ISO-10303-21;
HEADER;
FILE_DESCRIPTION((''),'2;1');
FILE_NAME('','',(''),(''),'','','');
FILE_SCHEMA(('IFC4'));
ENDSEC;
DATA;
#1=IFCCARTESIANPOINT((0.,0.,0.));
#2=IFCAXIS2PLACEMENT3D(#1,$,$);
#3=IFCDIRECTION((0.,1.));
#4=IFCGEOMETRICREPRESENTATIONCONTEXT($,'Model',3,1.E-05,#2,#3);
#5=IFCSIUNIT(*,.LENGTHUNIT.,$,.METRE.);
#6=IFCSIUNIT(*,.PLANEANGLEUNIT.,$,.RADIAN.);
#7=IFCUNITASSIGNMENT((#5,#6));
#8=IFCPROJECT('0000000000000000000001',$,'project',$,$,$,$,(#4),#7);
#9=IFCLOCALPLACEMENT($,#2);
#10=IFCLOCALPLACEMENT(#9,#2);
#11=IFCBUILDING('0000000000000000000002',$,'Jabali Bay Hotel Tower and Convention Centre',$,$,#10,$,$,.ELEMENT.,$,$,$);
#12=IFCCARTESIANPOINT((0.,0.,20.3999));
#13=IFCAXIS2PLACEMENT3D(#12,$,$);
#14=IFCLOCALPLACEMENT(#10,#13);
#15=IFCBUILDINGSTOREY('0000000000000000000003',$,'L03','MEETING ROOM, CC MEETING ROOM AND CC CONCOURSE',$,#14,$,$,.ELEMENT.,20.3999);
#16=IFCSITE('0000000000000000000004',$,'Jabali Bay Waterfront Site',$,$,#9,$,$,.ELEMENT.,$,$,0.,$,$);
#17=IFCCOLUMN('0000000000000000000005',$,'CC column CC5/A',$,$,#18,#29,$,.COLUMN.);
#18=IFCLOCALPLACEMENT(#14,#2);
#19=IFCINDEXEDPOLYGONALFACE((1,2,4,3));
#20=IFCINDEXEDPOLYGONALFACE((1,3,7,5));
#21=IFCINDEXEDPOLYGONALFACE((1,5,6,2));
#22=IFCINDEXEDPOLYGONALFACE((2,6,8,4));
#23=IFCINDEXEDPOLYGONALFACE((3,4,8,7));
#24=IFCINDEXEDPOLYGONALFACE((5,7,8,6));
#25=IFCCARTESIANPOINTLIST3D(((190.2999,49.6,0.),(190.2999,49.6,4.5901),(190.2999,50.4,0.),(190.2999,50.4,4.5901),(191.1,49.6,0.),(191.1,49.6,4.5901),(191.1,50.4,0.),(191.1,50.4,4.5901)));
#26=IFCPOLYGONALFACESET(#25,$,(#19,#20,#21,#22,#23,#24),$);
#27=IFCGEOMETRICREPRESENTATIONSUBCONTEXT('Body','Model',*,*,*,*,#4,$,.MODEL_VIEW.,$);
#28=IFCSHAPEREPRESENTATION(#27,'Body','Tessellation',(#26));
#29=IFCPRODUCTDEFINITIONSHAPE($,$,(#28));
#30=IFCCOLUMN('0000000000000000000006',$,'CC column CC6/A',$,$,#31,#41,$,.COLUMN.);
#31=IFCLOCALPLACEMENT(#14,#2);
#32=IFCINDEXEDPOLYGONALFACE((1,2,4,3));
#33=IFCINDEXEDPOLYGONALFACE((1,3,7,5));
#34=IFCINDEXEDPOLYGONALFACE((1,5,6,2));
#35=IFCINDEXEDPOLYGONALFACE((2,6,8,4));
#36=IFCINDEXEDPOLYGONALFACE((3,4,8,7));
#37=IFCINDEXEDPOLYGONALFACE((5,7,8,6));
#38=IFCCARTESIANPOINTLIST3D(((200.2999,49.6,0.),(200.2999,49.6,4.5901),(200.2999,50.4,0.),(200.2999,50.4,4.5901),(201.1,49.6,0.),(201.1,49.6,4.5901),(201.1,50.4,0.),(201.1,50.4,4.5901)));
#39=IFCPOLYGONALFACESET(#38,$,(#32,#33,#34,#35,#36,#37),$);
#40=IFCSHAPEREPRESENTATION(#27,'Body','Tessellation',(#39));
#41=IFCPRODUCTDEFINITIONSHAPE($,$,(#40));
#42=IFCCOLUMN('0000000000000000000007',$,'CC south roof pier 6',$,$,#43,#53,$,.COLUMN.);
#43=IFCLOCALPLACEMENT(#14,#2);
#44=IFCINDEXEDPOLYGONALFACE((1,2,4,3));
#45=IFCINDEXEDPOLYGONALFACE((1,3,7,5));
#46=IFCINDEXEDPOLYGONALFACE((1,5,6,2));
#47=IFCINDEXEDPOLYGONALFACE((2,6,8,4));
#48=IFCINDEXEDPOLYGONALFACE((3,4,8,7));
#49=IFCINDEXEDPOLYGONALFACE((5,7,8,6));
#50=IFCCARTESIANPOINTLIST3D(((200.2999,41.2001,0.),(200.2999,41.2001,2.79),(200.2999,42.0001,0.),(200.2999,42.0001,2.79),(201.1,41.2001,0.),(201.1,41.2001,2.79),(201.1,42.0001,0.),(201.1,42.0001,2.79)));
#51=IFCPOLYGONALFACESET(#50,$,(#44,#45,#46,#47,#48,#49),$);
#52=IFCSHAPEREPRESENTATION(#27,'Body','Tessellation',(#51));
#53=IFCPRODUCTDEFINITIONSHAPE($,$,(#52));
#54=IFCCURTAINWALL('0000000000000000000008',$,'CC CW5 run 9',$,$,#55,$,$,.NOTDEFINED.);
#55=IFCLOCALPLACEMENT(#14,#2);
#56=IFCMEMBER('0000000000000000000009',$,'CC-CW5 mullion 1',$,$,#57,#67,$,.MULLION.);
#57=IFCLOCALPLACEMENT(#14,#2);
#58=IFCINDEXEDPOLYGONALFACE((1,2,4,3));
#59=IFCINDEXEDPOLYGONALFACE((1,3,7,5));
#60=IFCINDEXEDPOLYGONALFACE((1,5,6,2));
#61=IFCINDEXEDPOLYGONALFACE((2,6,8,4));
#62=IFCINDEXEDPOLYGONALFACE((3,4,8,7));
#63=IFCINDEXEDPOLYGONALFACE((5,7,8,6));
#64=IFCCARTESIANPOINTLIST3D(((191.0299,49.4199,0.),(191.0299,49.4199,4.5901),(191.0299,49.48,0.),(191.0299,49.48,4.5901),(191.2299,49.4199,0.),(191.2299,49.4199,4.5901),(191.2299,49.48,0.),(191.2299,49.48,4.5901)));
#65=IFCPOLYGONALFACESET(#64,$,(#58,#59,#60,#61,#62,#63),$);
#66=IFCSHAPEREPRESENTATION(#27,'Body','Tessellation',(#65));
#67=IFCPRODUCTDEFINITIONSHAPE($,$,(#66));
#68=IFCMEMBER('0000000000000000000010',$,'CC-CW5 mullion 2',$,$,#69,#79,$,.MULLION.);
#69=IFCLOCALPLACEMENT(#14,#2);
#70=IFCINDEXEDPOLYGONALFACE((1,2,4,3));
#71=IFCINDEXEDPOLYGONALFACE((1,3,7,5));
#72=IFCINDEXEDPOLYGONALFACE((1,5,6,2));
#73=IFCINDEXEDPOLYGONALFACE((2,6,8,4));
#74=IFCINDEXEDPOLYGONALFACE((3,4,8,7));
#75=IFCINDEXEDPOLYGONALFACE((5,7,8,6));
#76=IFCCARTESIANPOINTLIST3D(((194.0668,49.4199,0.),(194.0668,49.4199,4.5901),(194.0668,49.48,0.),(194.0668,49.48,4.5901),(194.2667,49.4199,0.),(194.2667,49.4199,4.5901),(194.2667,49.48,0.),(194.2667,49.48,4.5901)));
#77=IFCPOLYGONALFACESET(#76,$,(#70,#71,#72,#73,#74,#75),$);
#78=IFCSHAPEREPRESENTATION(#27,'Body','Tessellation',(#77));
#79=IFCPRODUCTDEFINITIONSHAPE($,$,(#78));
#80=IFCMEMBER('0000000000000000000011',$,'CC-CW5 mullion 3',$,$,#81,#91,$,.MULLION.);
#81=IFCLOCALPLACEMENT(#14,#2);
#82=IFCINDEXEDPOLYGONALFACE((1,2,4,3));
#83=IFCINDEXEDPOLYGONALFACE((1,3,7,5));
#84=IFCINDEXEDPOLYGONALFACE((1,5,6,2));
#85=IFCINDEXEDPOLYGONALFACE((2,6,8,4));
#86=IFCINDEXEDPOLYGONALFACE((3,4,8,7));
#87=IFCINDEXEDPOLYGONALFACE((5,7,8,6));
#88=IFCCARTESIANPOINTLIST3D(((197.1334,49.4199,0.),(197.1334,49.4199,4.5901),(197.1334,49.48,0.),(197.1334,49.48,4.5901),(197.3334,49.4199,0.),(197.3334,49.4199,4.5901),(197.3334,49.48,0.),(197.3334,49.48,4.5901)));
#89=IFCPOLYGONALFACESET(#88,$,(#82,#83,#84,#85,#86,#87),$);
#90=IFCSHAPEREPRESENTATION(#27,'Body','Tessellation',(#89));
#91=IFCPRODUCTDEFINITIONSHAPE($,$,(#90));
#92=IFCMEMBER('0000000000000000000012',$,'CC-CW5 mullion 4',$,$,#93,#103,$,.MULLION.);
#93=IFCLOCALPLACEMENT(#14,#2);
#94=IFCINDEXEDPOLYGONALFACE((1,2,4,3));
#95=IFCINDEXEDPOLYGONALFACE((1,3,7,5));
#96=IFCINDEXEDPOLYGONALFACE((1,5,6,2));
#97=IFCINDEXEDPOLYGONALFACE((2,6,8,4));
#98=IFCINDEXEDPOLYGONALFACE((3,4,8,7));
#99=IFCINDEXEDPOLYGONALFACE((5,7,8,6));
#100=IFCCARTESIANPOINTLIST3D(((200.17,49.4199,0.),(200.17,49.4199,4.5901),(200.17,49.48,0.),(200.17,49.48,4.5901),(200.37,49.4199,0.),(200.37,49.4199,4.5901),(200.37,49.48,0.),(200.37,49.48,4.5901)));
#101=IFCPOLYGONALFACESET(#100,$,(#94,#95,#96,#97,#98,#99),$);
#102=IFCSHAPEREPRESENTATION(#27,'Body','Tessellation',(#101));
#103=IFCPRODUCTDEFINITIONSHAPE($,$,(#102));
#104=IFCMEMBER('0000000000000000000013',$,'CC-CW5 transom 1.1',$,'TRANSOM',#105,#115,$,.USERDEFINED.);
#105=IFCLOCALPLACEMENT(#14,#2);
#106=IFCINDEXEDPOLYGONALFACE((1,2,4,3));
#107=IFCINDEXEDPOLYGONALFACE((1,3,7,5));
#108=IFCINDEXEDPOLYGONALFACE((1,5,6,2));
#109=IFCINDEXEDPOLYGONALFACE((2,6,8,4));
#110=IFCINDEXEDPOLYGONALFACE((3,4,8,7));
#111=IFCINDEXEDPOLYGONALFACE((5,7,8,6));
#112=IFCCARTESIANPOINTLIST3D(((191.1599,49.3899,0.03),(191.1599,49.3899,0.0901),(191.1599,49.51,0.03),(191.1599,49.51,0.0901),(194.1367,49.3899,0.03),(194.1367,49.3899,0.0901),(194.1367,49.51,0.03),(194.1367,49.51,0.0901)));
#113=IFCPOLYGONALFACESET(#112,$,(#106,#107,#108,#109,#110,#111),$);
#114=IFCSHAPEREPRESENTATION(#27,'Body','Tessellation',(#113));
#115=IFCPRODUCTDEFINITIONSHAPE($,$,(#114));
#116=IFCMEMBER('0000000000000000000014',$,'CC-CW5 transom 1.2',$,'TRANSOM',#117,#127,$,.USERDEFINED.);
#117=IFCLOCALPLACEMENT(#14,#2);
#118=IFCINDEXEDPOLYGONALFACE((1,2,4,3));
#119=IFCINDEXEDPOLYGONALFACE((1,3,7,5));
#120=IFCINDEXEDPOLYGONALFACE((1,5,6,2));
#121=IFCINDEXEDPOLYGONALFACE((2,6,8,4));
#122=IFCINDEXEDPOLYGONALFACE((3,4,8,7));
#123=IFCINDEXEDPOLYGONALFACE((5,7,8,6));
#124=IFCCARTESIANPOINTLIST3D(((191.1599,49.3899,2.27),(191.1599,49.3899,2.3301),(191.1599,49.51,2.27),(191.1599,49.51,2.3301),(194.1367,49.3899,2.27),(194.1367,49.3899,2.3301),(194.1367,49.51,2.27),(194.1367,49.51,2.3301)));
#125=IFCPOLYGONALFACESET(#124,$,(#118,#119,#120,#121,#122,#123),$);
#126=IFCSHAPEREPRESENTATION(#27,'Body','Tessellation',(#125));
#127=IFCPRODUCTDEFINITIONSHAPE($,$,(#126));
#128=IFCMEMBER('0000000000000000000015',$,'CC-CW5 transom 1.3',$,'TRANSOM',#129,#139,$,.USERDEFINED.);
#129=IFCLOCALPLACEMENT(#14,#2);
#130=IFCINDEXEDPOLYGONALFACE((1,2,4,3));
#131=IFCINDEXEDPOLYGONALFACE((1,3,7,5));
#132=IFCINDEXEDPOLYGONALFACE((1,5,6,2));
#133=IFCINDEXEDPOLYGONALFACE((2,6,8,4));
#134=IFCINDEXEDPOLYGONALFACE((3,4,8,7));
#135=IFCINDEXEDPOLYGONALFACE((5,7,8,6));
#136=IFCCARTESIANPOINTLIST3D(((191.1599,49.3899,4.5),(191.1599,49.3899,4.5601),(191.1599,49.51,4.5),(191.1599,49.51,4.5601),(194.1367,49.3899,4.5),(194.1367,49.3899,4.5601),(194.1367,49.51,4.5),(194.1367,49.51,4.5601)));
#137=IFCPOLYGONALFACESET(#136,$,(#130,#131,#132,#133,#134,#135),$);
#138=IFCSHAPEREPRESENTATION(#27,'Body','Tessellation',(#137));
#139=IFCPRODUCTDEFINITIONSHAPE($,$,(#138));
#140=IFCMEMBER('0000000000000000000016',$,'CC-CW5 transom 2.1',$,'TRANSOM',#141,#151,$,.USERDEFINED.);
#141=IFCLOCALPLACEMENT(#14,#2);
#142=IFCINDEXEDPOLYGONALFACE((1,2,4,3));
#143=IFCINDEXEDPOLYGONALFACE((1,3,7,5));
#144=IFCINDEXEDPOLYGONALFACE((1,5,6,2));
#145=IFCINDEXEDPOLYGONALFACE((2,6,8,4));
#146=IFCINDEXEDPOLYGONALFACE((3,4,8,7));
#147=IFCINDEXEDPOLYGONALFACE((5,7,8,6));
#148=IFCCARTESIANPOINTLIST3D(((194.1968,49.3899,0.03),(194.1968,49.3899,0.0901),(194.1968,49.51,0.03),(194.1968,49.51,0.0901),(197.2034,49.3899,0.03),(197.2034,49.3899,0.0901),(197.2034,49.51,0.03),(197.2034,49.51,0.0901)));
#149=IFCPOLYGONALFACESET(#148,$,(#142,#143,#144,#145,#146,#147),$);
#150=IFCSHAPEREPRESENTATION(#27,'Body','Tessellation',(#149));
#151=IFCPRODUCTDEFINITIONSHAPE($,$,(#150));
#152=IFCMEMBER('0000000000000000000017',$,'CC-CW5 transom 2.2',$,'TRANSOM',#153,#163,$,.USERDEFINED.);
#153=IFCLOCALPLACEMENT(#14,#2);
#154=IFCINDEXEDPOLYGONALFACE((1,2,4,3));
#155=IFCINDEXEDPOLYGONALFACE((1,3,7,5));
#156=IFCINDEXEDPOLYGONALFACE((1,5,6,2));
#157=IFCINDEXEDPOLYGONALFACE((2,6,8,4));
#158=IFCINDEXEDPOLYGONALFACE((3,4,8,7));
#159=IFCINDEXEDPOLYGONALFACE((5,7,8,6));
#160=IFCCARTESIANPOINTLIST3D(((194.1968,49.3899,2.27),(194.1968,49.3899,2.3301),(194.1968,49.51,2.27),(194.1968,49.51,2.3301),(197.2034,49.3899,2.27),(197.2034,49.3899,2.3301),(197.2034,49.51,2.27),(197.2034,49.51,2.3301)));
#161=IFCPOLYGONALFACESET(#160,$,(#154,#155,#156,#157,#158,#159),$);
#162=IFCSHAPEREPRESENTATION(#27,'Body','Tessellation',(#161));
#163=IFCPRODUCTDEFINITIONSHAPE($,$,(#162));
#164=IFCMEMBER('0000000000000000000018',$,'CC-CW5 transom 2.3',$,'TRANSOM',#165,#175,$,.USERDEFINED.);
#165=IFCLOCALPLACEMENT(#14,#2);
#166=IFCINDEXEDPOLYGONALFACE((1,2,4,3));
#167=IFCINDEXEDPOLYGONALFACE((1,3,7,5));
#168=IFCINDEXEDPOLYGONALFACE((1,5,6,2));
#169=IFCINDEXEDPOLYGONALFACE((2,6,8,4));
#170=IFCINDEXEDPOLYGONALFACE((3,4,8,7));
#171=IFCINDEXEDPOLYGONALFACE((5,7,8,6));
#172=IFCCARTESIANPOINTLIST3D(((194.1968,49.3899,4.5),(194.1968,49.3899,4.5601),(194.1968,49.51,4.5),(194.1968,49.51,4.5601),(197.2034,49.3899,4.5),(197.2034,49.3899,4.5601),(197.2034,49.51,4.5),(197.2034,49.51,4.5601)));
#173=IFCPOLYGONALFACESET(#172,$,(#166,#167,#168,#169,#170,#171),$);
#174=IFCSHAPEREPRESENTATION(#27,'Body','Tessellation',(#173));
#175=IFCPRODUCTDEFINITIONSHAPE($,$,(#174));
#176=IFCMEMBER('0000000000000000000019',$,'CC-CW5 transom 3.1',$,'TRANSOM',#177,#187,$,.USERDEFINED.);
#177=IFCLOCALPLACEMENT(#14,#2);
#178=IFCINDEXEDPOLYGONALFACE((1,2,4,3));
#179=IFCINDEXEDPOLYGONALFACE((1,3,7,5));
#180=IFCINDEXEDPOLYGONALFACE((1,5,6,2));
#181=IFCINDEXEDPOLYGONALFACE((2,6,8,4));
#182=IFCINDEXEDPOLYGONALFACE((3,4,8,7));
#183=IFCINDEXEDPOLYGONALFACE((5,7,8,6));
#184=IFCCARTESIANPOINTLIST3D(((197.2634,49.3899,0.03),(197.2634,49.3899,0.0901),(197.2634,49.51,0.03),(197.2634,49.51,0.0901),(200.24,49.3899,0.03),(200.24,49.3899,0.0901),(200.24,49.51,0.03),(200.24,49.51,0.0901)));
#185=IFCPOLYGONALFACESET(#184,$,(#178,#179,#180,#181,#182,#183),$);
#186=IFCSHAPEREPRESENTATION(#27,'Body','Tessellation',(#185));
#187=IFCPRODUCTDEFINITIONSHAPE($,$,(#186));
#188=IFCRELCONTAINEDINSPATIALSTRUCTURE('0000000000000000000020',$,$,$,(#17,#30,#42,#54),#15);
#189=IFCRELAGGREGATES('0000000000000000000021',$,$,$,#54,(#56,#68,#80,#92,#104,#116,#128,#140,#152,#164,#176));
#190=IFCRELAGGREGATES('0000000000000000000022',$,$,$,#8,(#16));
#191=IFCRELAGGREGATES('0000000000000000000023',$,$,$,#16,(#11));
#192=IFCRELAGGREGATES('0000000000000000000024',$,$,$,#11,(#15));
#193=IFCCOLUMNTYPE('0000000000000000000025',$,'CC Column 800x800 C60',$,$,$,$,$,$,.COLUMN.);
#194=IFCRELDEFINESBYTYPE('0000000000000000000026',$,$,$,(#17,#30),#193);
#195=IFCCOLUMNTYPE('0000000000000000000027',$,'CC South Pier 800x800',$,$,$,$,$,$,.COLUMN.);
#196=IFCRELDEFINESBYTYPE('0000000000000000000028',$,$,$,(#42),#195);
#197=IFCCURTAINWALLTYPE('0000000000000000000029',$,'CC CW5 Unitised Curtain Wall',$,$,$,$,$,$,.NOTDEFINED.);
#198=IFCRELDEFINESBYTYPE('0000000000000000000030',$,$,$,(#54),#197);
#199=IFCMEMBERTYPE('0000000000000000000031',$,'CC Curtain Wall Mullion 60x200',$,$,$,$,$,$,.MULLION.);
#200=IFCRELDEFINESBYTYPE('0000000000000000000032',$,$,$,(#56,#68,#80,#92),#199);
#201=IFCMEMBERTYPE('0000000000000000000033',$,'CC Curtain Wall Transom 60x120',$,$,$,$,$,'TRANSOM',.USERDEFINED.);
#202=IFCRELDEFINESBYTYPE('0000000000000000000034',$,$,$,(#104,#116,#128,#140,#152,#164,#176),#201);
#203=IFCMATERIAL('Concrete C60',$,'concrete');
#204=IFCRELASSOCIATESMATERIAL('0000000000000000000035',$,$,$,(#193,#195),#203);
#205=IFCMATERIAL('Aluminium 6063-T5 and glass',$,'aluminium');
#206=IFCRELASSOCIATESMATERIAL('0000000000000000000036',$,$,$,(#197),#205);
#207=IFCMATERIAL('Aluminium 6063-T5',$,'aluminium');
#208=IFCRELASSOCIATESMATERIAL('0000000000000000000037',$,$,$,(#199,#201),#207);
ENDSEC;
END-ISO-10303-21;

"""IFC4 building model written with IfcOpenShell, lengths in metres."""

from ifc_helpers import new_model, si_unit, direction, frame, origin, origin_2d, place, context, subcontext, project, spatial, rectangle, extrude, material, material_profile, profile_set, type_object, element, aggregate, save


model = new_model("IFC4")

# Units and contexts
model_context = context("Model", 3, precision=1e-05, world=origin(), true_north=direction((0.0, 1.0)))
body_context = subcontext(model_context, "Body", "Model", "MODEL_VIEW")
ifc_project = project(units=[si_unit("LENGTHUNIT", "METRE"), si_unit("PLANEANGLEUNIT", "RADIAN")], contexts=[model_context])

# Site, building, storey
site_placement = place(None, origin())
site = spatial("IfcSite", under=ifc_project, at=site_placement, Name="Jabali Bay Waterfront Site", CompositionType="ELEMENT", RefElevation=0.0)
building_placement = place(site_placement, origin())
building = spatial("IfcBuilding", under=site, at=building_placement, Name="Jabali Bay Hotel Tower and Convention Centre", CompositionType="ELEMENT")
storey_placement = place(building_placement, frame((0.0, 0.0, 20.3999)))
storey = spatial("IfcBuildingStorey", under=building, at=storey_placement, Name="L03", Description="MEETING ROOM, CC MEETING ROOM AND CC CONCOURSE", CompositionType="ELEMENT", Elevation=20.3999)

# Columns
ifc_material_1 = material(Name="Concrete C60", Category="concrete")
ifc_material_profile_1 = material_profile(ifc_material_1, rectangle(XDim=0.8, YDim=0.8, at=origin_2d()), Name="RC 800x800")
ifc_profile_set_1 = profile_set([ifc_material_profile_1], Name="Concrete C60")
column_type_1 = type_object("IfcColumnType", Name="CC Column 800x800 C60", PredefinedType="COLUMN", material=ifc_profile_set_1)
for number, where, z_axis, x_axis, name in (
    (1, (190.7, 50.0, 0.0), (0.0, 0.0, 1.0), (1.0, 0.0, 0.0), "CC column CC5/A"),
    (2, (200.7, 50.0, 0.0), (0.0, 0.0, 1.0), (1.0, 0.0, 0.0), "CC column CC6/A"),
):
    element("IfcColumn", number, at=place(storey_placement, frame(where, z_axis=z_axis, x_axis=x_axis)), inside=storey, type_object=column_type_1, Name=name, PredefinedType="COLUMN", context=body_context, shape_type="SweptSolid", body=[
        extrude(rectangle(XDim=0.8, YDim=0.8, at=origin_2d()), origin(), (0.0, 0.0, 1.0), 4.5901),
    ])
ifc_material_profile_2 = material_profile(ifc_material_1, rectangle(XDim=0.8, YDim=0.8, at=origin_2d()), Name="RC 800x800")
ifc_profile_set_2 = profile_set([ifc_material_profile_2], Name="Concrete C60")
column_type_2 = type_object("IfcColumnType", Name="CC South Pier 800x800", PredefinedType="COLUMN", material=ifc_profile_set_2)
column_placement = place(storey_placement, frame((200.7, 41.6001, 0.0), z_axis=(0.0, 0.0, 1.0), x_axis=(1.0, 0.0, 0.0)))
element("IfcColumn", 3, at=column_placement, inside=storey, type_object=column_type_2, Name="CC south roof pier 6", PredefinedType="COLUMN", context=body_context, shape_type="SweptSolid", body=[
    extrude(rectangle(XDim=0.8, YDim=0.8, at=origin_2d()), origin(), (0.0, 0.0, 1.0), 2.79),
])

# Curtain wall, members
ifc_material_2 = material(Name="Aluminium 6063-T5 and glass", Category="aluminium")
curtain_wall_type = type_object("IfcCurtainWallType", Name="CC CW5 Unitised Curtain Wall", PredefinedType="NOTDEFINED", material=ifc_material_2)
curtain_wall_placement = place(storey_placement, origin())
curtain_wall = element("IfcCurtainWall", 4, at=curtain_wall_placement, inside=storey, type_object=curtain_wall_type, Name="CC CW5 run 9", PredefinedType="NOTDEFINED")
ifc_material_3 = material(Name="Aluminium 6063-T5", Category="aluminium")
ifc_material_profile_3 = material_profile(ifc_material_3, rectangle(XDim=0.0601, YDim=0.2, at=origin_2d()), Name="AL 60x200")
ifc_profile_set_3 = profile_set([ifc_material_profile_3], Name="Aluminium 6063-T5")
member_type_1 = type_object("IfcMemberType", Name="CC Curtain Wall Mullion 60x200", PredefinedType="MULLION", material=ifc_profile_set_3)
member_1_placement = place(storey_placement, frame((191.1299, 49.45, 0.0), z_axis=(0.0, 0.0, 1.0), x_axis=(0.0, 1.0, 0.0)))
member_1 = element("IfcMember", 5, at=member_1_placement, type_object=member_type_1, Name="CC-CW5 mullion 1", PredefinedType="MULLION", context=body_context, shape_type="SweptSolid", body=[
    extrude(rectangle(XDim=0.0601, YDim=0.2, at=origin_2d()), origin(), (0.0, 0.0, 1.0), 4.5901),
])
member_2_placement = place(storey_placement, frame((194.1667, 49.45, 0.0), z_axis=(0.0, 0.0, 1.0), x_axis=(0.0, 1.0, 0.0)))
member_2 = element("IfcMember", 6, at=member_2_placement, type_object=member_type_1, Name="CC-CW5 mullion 2", PredefinedType="MULLION", context=body_context, shape_type="SweptSolid", body=[
    extrude(rectangle(XDim=0.0601, YDim=0.2, at=origin_2d()), origin(), (0.0, 0.0, 1.0), 4.5901),
])
member_3_placement = place(storey_placement, frame((197.2334, 49.45, 0.0), z_axis=(0.0, 0.0, 1.0), x_axis=(0.0, 1.0, 0.0)))
member_3 = element("IfcMember", 7, at=member_3_placement, type_object=member_type_1, Name="CC-CW5 mullion 3", PredefinedType="MULLION", context=body_context, shape_type="SweptSolid", body=[
    extrude(rectangle(XDim=0.0601, YDim=0.2, at=origin_2d()), origin(), (0.0, 0.0, 1.0), 4.5901),
])
member_4_placement = place(storey_placement, frame((200.27, 49.45, 0.0), z_axis=(0.0, 0.0, 1.0), x_axis=(0.0, 1.0, 0.0)))
member_4 = element("IfcMember", 8, at=member_4_placement, type_object=member_type_1, Name="CC-CW5 mullion 4", PredefinedType="MULLION", context=body_context, shape_type="SweptSolid", body=[
    extrude(rectangle(XDim=0.0601, YDim=0.2, at=origin_2d()), origin(), (0.0, 0.0, 1.0), 4.5901),
])
ifc_material_profile_4 = material_profile(ifc_material_3, rectangle(XDim=0.1201, YDim=0.0601, at=origin_2d()), Name="AL 120x60")
ifc_profile_set_4 = profile_set([ifc_material_profile_4], Name="Aluminium 6063-T5")
member_type_2 = type_object("IfcMemberType", Name="CC Curtain Wall Transom 60x120", ElementType="TRANSOM", PredefinedType="USERDEFINED", material=ifc_profile_set_4)
member_5_placement = place(storey_placement, frame((191.1599, 49.45, 0.0601), z_axis=(1.0, 0.0, 0.0), x_axis=(0.0, 1.0, 0.0)))
member_5 = element("IfcMember", 9, at=member_5_placement, type_object=member_type_2, Name="CC-CW5 transom 1.1", ObjectType="TRANSOM", PredefinedType="USERDEFINED", context=body_context, shape_type="SweptSolid", body=[
    extrude(rectangle(XDim=0.1201, YDim=0.0601, at=origin_2d()), origin(), (0.0, 0.0, 1.0), 2.9768),
])
member_6_placement = place(storey_placement, frame((191.1599, 49.45, 2.3), z_axis=(1.0, 0.0, 0.0), x_axis=(0.0, 1.0, 0.0)))
member_6 = element("IfcMember", 10, at=member_6_placement, type_object=member_type_2, Name="CC-CW5 transom 1.2", ObjectType="TRANSOM", PredefinedType="USERDEFINED", context=body_context, shape_type="SweptSolid", body=[
    extrude(rectangle(XDim=0.1201, YDim=0.0601, at=origin_2d()), origin(), (0.0, 0.0, 1.0), 2.9768),
])
member_7_placement = place(storey_placement, frame((191.1599, 49.45, 4.53), z_axis=(1.0, 0.0, 0.0), x_axis=(0.0, 1.0, 0.0)))
member_7 = element("IfcMember", 11, at=member_7_placement, type_object=member_type_2, Name="CC-CW5 transom 1.3", ObjectType="TRANSOM", PredefinedType="USERDEFINED", context=body_context, shape_type="SweptSolid", body=[
    extrude(rectangle(XDim=0.1201, YDim=0.0601, at=origin_2d()), origin(), (0.0, 0.0, 1.0), 2.9768),
])
member_8_placement = place(storey_placement, frame((194.1968, 49.45, 0.0601), z_axis=(1.0, 0.0, 0.0), x_axis=(0.0, 1.0, 0.0)))
member_8 = element("IfcMember", 12, at=member_8_placement, type_object=member_type_2, Name="CC-CW5 transom 2.1", ObjectType="TRANSOM", PredefinedType="USERDEFINED", context=body_context, shape_type="SweptSolid", body=[
    extrude(rectangle(XDim=0.1201, YDim=0.0601, at=origin_2d()), origin(), (0.0, 0.0, 1.0), 3.0066),
])
member_9_placement = place(storey_placement, frame((194.1968, 49.45, 2.3), z_axis=(1.0, 0.0, 0.0), x_axis=(0.0, 1.0, 0.0)))
member_9 = element("IfcMember", 13, at=member_9_placement, type_object=member_type_2, Name="CC-CW5 transom 2.2", ObjectType="TRANSOM", PredefinedType="USERDEFINED", context=body_context, shape_type="SweptSolid", body=[
    extrude(rectangle(XDim=0.1201, YDim=0.0601, at=origin_2d()), origin(), (0.0, 0.0, 1.0), 3.0066),
])
member_10_placement = place(storey_placement, frame((194.1968, 49.45, 4.53), z_axis=(1.0, 0.0, 0.0), x_axis=(0.0, 1.0, 0.0)))
member_10 = element("IfcMember", 14, at=member_10_placement, type_object=member_type_2, Name="CC-CW5 transom 2.3", ObjectType="TRANSOM", PredefinedType="USERDEFINED", context=body_context, shape_type="SweptSolid", body=[
    extrude(rectangle(XDim=0.1201, YDim=0.0601, at=origin_2d()), origin(), (0.0, 0.0, 1.0), 3.0066),
])
member_11_placement = place(storey_placement, frame((197.2634, 49.45, 0.0601), z_axis=(1.0, 0.0, 0.0), x_axis=(0.0, 1.0, 0.0)))
member_11 = element("IfcMember", 15, at=member_11_placement, type_object=member_type_2, Name="CC-CW5 transom 3.1", ObjectType="TRANSOM", PredefinedType="USERDEFINED", context=body_context, shape_type="SweptSolid", body=[
    extrude(rectangle(XDim=0.1201, YDim=0.0601, at=origin_2d()), origin(), (0.0, 0.0, 1.0), 2.9766),
])
aggregate(curtain_wall, [member_1, member_2, member_3, member_4, member_5, member_6, member_7, member_8, member_9, member_10, member_11])

save(model, "model.ifc")
